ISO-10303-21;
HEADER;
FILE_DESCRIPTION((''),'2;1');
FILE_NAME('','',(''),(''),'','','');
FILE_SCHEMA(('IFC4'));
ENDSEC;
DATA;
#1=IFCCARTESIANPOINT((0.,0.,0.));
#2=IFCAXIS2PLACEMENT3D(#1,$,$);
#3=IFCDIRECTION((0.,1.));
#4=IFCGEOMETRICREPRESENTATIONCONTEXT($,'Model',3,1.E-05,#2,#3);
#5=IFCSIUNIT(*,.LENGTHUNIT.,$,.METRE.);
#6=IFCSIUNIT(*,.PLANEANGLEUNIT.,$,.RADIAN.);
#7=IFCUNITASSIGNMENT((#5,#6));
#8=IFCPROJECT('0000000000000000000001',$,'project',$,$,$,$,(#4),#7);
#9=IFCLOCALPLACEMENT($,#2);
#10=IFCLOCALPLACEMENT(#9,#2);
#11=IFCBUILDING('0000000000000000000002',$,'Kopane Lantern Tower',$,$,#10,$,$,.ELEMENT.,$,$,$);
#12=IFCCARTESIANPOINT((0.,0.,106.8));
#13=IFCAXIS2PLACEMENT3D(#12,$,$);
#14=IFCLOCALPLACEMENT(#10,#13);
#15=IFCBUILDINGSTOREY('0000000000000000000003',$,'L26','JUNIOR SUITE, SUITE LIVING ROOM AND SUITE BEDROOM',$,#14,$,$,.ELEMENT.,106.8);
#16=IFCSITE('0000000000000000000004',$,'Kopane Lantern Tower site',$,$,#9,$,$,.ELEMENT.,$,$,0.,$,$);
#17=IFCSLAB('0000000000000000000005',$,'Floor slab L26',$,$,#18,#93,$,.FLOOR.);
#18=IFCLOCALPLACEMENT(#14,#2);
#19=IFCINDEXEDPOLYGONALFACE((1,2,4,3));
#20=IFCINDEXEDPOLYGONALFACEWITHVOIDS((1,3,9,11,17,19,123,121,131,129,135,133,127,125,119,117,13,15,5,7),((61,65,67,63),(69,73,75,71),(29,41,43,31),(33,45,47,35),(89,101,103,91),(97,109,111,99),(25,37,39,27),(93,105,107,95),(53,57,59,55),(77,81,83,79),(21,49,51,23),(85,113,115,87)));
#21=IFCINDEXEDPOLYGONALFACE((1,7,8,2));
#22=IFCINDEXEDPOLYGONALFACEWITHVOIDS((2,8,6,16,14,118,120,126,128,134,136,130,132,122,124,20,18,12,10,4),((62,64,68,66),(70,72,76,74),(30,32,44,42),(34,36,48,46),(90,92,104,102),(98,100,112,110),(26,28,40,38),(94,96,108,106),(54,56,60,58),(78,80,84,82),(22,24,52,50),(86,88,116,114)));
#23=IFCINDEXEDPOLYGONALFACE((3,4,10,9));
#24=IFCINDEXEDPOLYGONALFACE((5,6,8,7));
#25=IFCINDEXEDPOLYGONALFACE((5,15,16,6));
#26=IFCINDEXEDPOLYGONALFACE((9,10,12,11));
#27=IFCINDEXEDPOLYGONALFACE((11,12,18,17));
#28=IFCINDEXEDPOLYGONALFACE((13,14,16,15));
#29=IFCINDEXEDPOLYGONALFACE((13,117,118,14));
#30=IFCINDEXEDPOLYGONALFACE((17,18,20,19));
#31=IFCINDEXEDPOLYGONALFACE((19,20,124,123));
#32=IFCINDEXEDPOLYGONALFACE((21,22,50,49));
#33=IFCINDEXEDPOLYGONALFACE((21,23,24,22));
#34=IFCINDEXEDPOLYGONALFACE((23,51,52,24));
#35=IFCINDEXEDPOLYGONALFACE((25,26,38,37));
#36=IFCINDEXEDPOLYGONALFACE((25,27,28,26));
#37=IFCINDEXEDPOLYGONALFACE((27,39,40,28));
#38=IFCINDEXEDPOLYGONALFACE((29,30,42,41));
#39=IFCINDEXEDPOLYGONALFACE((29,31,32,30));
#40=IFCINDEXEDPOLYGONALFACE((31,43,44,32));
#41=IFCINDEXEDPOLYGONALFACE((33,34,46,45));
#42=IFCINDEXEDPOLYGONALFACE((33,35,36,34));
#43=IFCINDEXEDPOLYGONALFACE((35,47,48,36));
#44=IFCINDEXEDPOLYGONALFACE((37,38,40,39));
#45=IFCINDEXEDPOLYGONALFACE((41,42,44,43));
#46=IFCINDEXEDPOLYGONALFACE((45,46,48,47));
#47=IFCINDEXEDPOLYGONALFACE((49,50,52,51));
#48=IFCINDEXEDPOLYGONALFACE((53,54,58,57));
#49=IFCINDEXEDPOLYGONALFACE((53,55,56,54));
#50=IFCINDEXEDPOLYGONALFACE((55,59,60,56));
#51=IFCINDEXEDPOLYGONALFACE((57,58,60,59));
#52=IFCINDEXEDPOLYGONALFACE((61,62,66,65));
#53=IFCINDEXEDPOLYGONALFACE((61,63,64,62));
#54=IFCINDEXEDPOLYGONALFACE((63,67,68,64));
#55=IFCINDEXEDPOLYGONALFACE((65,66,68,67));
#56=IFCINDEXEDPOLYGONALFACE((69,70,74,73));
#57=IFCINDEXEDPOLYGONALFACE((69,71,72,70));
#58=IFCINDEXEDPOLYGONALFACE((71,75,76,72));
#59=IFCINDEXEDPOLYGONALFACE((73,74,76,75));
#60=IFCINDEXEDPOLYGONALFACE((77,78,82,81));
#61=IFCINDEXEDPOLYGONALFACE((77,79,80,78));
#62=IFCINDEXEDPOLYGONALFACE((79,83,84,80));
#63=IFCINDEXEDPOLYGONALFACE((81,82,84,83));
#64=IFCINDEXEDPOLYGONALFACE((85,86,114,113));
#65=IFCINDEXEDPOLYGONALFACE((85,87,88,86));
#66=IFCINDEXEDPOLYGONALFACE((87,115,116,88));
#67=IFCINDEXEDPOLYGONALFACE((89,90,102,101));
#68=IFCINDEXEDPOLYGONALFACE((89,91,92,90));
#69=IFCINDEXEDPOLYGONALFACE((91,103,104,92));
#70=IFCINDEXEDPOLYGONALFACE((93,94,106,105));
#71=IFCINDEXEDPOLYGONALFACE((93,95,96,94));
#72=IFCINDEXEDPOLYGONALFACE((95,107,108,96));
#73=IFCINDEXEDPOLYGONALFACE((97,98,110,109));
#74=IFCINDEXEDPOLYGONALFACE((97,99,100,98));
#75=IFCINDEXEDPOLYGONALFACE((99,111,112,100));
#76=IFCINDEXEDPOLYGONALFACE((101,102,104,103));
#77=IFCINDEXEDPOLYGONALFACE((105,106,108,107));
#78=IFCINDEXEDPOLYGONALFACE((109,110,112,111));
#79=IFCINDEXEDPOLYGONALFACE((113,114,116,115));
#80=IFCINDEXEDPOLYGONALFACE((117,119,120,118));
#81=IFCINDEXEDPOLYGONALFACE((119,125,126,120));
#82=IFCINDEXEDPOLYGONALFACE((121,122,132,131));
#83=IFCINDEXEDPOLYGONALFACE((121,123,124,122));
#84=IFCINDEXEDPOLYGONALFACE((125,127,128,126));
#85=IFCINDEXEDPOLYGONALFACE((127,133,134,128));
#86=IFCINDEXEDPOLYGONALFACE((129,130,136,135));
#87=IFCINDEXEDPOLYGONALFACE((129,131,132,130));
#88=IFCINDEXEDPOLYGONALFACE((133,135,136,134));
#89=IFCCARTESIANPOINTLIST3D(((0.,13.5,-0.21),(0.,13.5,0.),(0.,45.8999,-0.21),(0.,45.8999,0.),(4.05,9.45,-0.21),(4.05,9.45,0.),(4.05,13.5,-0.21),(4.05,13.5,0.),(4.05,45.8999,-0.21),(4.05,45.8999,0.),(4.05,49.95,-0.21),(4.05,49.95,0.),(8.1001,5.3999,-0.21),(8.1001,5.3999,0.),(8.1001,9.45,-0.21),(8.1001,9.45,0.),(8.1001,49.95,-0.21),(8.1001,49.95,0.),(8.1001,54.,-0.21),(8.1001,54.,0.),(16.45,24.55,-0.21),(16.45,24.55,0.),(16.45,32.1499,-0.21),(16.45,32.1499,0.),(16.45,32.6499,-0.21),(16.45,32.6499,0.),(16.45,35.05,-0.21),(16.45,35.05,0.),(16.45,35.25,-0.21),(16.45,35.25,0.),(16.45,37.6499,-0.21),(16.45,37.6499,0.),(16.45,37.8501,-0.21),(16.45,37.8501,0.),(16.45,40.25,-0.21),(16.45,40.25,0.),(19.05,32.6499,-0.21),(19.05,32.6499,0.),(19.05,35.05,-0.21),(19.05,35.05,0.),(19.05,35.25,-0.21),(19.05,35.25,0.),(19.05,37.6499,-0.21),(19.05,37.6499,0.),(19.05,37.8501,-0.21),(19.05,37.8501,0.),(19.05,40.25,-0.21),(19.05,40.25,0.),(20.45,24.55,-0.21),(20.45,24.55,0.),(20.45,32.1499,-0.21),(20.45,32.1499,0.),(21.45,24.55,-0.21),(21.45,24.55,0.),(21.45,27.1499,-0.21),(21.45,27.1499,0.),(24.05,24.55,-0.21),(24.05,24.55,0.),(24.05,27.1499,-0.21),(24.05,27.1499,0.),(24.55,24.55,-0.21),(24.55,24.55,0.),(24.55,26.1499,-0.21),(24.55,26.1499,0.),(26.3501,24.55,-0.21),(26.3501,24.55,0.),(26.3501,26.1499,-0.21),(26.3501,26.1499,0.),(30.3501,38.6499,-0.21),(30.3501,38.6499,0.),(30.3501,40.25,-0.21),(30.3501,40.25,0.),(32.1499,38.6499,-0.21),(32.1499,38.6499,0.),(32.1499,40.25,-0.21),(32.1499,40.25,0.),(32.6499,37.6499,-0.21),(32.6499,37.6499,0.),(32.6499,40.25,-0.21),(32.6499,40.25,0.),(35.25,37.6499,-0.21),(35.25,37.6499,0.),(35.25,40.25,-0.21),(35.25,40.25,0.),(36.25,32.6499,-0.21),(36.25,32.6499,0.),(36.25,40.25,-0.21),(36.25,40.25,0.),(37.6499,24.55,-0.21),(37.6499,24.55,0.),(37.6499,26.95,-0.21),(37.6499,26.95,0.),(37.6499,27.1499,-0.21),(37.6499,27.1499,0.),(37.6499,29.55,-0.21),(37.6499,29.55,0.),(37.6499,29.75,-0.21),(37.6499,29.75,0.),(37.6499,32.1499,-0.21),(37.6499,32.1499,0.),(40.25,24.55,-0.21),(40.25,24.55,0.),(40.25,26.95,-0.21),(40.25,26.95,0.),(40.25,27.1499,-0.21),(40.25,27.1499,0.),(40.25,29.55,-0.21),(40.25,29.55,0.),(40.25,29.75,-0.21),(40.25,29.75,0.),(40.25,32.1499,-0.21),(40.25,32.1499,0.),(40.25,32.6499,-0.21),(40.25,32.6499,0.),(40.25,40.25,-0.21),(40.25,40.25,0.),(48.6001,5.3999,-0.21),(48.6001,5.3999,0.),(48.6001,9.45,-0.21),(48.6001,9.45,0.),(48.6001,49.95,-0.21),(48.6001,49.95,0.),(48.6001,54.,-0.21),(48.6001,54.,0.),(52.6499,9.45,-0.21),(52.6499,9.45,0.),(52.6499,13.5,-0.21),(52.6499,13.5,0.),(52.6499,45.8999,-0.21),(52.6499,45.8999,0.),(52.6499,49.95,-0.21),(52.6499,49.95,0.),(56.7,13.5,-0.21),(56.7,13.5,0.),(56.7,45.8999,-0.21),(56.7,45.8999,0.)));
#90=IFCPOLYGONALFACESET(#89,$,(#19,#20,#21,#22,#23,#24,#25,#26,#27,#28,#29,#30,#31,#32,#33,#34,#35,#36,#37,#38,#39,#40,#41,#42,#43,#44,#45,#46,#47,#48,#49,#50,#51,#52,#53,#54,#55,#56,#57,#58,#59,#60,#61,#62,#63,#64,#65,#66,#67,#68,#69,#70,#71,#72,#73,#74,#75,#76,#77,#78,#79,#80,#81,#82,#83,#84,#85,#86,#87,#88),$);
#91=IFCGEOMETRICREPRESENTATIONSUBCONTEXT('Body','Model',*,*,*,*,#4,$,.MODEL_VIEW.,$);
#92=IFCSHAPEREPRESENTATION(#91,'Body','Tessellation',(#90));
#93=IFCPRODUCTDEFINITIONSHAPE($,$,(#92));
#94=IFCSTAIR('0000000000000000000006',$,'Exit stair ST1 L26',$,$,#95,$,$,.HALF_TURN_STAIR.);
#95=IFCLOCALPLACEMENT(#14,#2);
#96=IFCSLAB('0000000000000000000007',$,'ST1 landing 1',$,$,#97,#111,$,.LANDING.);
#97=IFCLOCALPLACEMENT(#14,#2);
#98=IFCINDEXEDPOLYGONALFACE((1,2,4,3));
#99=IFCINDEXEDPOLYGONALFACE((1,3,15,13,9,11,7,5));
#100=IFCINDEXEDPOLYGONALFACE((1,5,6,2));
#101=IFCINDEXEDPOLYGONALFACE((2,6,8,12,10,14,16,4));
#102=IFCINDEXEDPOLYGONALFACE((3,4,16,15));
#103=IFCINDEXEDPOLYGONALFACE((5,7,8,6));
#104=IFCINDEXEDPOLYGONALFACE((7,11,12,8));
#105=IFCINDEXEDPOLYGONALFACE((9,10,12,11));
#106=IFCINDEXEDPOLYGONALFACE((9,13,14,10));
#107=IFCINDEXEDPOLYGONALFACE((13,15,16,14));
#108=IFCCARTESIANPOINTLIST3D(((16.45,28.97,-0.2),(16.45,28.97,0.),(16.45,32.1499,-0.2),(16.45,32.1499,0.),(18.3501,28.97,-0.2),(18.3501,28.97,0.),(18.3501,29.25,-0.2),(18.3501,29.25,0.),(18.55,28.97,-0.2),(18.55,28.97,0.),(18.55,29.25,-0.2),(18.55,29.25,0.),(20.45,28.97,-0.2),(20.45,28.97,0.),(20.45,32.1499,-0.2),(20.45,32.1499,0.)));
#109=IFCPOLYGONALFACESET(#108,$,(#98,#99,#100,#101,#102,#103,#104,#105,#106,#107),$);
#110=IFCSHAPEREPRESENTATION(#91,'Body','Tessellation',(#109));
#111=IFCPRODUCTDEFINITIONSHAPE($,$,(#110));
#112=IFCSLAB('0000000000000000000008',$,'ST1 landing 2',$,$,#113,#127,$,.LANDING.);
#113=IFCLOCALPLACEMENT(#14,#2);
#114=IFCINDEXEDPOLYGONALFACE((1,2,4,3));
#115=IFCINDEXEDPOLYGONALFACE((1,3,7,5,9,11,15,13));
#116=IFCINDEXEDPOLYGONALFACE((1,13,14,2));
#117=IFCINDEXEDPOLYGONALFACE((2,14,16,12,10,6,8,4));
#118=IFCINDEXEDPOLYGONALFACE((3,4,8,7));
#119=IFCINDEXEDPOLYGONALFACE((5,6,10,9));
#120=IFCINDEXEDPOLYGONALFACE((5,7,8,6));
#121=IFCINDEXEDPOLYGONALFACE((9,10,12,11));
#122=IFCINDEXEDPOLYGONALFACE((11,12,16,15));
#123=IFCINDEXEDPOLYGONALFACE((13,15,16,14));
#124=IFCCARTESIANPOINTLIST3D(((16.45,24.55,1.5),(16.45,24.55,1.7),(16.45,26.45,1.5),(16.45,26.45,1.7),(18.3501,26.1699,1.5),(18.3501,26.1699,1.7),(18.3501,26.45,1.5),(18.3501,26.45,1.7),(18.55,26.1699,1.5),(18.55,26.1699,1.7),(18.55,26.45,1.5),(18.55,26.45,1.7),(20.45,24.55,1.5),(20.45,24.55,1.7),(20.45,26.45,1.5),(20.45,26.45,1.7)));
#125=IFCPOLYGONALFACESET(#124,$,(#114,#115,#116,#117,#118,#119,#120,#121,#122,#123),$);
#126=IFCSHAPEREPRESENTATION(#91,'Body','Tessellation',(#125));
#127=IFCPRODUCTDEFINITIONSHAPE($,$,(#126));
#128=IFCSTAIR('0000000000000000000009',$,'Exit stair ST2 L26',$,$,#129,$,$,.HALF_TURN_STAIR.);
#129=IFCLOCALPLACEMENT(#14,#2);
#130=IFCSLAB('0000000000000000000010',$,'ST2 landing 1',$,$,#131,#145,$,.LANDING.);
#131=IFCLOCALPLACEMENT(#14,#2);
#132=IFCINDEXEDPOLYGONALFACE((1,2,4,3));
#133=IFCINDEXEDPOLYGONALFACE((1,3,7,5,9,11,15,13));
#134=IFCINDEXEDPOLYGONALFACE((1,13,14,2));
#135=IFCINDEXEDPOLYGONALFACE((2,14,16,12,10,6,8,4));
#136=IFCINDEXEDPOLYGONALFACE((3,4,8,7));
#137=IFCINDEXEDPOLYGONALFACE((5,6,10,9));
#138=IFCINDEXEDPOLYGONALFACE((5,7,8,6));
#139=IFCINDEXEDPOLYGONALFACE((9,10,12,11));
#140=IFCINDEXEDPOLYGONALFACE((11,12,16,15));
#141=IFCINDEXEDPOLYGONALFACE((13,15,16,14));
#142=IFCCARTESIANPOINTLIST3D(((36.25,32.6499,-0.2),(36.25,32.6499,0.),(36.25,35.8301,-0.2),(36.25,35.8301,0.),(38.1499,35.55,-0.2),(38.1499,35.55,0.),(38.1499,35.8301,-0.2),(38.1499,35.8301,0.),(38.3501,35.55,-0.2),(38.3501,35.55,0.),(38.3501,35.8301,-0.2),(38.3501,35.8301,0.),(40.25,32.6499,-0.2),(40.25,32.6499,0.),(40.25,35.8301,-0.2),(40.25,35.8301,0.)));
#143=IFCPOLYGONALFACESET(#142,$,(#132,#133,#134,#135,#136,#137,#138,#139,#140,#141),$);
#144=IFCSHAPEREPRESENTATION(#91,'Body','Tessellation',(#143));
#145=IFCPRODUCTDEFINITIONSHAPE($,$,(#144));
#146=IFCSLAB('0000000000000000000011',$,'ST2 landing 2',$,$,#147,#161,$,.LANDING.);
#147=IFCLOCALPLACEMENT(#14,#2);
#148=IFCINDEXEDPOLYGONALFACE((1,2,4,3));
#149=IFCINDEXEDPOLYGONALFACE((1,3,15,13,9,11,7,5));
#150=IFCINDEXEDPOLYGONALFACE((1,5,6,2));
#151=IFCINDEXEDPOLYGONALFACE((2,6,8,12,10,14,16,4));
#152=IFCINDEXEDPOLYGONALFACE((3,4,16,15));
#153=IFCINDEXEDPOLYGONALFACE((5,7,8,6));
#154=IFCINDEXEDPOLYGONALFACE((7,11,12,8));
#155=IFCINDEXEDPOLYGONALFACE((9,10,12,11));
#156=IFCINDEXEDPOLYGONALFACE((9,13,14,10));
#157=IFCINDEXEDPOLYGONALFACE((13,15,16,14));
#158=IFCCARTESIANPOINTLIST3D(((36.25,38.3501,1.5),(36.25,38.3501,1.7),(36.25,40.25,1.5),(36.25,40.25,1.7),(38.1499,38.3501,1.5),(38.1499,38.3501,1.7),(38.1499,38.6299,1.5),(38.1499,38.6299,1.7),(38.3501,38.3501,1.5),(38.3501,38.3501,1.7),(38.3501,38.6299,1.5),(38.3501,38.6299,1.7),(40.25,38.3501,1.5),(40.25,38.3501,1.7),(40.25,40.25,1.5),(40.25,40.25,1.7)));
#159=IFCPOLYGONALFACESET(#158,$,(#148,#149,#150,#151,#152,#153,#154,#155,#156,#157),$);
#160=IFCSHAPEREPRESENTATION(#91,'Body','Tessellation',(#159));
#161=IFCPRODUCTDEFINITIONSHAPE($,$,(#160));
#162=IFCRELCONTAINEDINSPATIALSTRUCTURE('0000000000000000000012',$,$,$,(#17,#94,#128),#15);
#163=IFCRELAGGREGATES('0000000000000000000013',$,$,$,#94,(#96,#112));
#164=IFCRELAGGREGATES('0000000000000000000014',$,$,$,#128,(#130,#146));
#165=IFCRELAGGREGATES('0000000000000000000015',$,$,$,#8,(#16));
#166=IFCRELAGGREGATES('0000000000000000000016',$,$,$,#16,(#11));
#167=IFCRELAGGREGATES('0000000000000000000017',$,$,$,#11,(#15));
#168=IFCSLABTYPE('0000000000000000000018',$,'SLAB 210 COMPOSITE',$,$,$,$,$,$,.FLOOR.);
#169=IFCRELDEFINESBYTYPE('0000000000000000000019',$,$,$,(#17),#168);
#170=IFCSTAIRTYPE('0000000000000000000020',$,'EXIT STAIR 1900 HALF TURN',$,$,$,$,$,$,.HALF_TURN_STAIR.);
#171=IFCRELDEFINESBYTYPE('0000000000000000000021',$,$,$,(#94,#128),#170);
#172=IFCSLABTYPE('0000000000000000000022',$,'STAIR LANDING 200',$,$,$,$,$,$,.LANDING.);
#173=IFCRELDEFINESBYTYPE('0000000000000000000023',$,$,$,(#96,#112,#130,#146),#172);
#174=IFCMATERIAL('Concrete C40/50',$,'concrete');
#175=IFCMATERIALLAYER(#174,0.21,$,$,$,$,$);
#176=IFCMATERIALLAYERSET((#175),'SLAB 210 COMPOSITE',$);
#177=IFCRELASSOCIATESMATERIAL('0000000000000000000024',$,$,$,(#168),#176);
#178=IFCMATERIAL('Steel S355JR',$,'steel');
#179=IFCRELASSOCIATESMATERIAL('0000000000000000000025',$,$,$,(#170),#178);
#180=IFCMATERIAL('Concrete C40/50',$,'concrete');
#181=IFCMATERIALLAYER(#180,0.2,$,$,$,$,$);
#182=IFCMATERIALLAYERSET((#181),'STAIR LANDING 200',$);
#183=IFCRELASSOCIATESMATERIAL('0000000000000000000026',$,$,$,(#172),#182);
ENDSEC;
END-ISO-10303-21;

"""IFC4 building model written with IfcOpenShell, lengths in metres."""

from ifc_helpers import new_model, si_unit, direction, frame, origin, place, context, subcontext, project, spatial, polyline, outline, extrude, material, layer, layer_set, type_object, element, aggregate, save


model = new_model("IFC4")

# Units and contexts
model_context = context("Model", 3, precision=1e-05, world=origin(), true_north=direction((0.0, 1.0)))
body_context = subcontext(model_context, "Body", "Model", "MODEL_VIEW")
ifc_project = project(units=[si_unit("LENGTHUNIT", "METRE"), si_unit("PLANEANGLEUNIT", "RADIAN")], contexts=[model_context])

# Site, building, storey
site_placement = place(None, origin())
site = spatial("IfcSite", under=ifc_project, at=site_placement, Name="Kopane Lantern Tower site", CompositionType="ELEMENT", RefElevation=0.0)
building_placement = place(site_placement, origin())
building = spatial("IfcBuilding", under=site, at=building_placement, Name="Kopane Lantern Tower", CompositionType="ELEMENT")
storey_placement = place(building_placement, frame((0.0, 0.0, 106.8)))
storey = spatial("IfcBuildingStorey", under=building, at=storey_placement, Name="L26", Description="JUNIOR SUITE, SUITE LIVING ROOM AND SUITE BEDROOM", CompositionType="ELEMENT", Elevation=106.8)

# Slab
ifc_material_1 = material(Name="Concrete C40/50", Category="concrete")
ifc_layer_1 = layer(ifc_material_1, 0.21)
ifc_layer_set_1 = layer_set([ifc_layer_1], Name="SLAB 210 COMPOSITE")
slab_type_1 = type_object("IfcSlabType", Name="SLAB 210 COMPOSITE", PredefinedType="FLOOR", material=ifc_layer_set_1)
slab_1_placement = place(storey_placement, frame((0.0, 0.0, -0.21)))
element("IfcSlab", 1, at=slab_1_placement, inside=storey, type_object=slab_type_1, Name="Floor slab L26", PredefinedType="FLOOR", context=body_context, shape_type="SweptSolid", body=[
    extrude(outline(polyline([(8.1001, 5.3999), (48.6001, 5.3999), (48.6001, 9.45), (52.6499, 9.45), (52.6499, 13.5), (56.7, 13.5), (56.7, 45.8999), (52.6499, 45.8999), (52.6499, 49.95), (48.6001, 49.95), (48.6001, 54.0), (8.1001, 54.0), (8.1001, 49.95), (4.05, 49.95), (4.05, 45.8999), (0.0, 45.8999), (0.0, 13.5), (4.05, 13.5), (4.05, 9.45), (8.1001, 9.45), (8.1001, 5.3999)]), holes=[polyline([(16.45, 24.55), (20.45, 24.55), (20.45, 32.1499), (16.45, 32.1499), (16.45, 24.55)]), polyline([(36.25, 32.6499), (40.25, 32.6499), (40.25, 40.25), (36.25, 40.25), (36.25, 32.6499)]), polyline([(16.45, 32.6499), (19.05, 32.6499), (19.05, 35.05), (16.45, 35.05), (16.45, 32.6499)]), polyline([(16.45, 35.25), (19.05, 35.25), (19.05, 37.6499), (16.45, 37.6499), (16.45, 35.25)]), polyline([(16.45, 37.8501), (19.05, 37.8501), (19.05, 40.25), (16.45, 40.25), (16.45, 37.8501)]), polyline([(37.6499, 24.55), (40.25, 24.55), (40.25, 26.95), (37.6499, 26.95), (37.6499, 24.55)]), polyline([(37.6499, 27.1499), (40.25, 27.1499), (40.25, 29.55), (37.6499, 29.55), (37.6499, 27.1499)]), polyline([(37.6499, 29.75), (40.25, 29.75), (40.25, 32.1499), (37.6499, 32.1499), (37.6499, 29.75)]), polyline([(21.45, 24.55), (24.05, 24.55), (24.05, 27.1499), (21.45, 27.1499), (21.45, 24.55)]), polyline([(32.6499, 37.6499), (35.25, 37.6499), (35.25, 40.25), (32.6499, 40.25), (32.6499, 37.6499)]), polyline([(24.55, 24.55), (26.3501, 24.55), (26.3501, 26.1499), (24.55, 26.1499), (24.55, 24.55)]), polyline([(30.3501, 38.6499), (32.1499, 38.6499), (32.1499, 40.25), (30.3501, 40.25), (30.3501, 38.6499)])]), origin(), (0.0, 0.0, 1.0), 0.21),
])

# Stairs, slabs
ifc_material_2 = material(Name="Steel S355JR", Category="steel")
stair_type = type_object("IfcStairType", Name="EXIT STAIR 1900 HALF TURN", PredefinedType="HALF_TURN_STAIR", material=ifc_material_2)
stair_1_placement = place(storey_placement, origin())
stair_1 = element("IfcStair", 2, at=stair_1_placement, inside=storey, type_object=stair_type, Name="Exit stair ST1 L26", PredefinedType="HALF_TURN_STAIR")
ifc_material_3 = material(Name="Concrete C40/50", Category="concrete")
ifc_layer_2 = layer(ifc_material_3, 0.2)
ifc_layer_set_2 = layer_set([ifc_layer_2], Name="STAIR LANDING 200")
slab_type_2 = type_object("IfcSlabType", Name="STAIR LANDING 200", PredefinedType="LANDING", material=ifc_layer_set_2)
slab_2_placement = place(storey_placement, frame((0.0, 0.0, -0.2)))
slab_2 = element("IfcSlab", 3, at=slab_2_placement, type_object=slab_type_2, Name="ST1 landing 1", PredefinedType="LANDING", context=body_context, shape_type="SweptSolid", body=[
    extrude(outline(polyline([(18.3501, 29.25), (18.55, 29.25), (18.55, 28.97), (20.45, 28.97), (20.45, 32.1499), (16.45, 32.1499), (16.45, 28.97), (18.3501, 28.97), (18.3501, 29.25)])), origin(), (0.0, 0.0, 1.0), 0.2),
])
slab_3_placement = place(storey_placement, frame((0.0, 0.0, 1.5)))
slab_3 = element("IfcSlab", 4, at=slab_3_placement, type_object=slab_type_2, Name="ST1 landing 2", PredefinedType="LANDING", context=body_context, shape_type="SweptSolid", body=[
    extrude(outline(polyline([(20.45, 26.45), (18.55, 26.45), (18.55, 26.1699), (18.3501, 26.1699), (18.3501, 26.45), (16.45, 26.45), (16.45, 24.55), (20.45, 24.55), (20.45, 26.45)])), origin(), (0.0, 0.0, 1.0), 0.2),
])
aggregate(stair_1, [slab_2, slab_3])
stair_2_placement = place(storey_placement, origin())
stair_2 = element("IfcStair", 5, at=stair_2_placement, inside=storey, type_object=stair_type, Name="Exit stair ST2 L26", PredefinedType="HALF_TURN_STAIR")
slab_4_placement = place(storey_placement, frame((0.0, 0.0, -0.2)))
slab_4 = element("IfcSlab", 6, at=slab_4_placement, type_object=slab_type_2, Name="ST2 landing 1", PredefinedType="LANDING", context=body_context, shape_type="SweptSolid", body=[
    extrude(outline(polyline([(40.25, 35.8301), (38.3501, 35.8301), (38.3501, 35.55), (38.1499, 35.55), (38.1499, 35.8301), (36.25, 35.8301), (36.25, 32.6499), (40.25, 32.6499), (40.25, 35.8301)])), origin(), (0.0, 0.0, 1.0), 0.2),
])
slab_5_placement = place(storey_placement, frame((0.0, 0.0, 1.5)))
slab_5 = element("IfcSlab", 7, at=slab_5_placement, type_object=slab_type_2, Name="ST2 landing 2", PredefinedType="LANDING", context=body_context, shape_type="SweptSolid", body=[
    extrude(outline(polyline([(38.1499, 38.6299), (38.3501, 38.6299), (38.3501, 38.3501), (40.25, 38.3501), (40.25, 40.25), (36.25, 40.25), (36.25, 38.3501), (38.1499, 38.3501), (38.1499, 38.6299)])), origin(), (0.0, 0.0, 1.0), 0.2),
])
aggregate(stair_2, [slab_4, slab_5])

save(model, "model.ifc")
